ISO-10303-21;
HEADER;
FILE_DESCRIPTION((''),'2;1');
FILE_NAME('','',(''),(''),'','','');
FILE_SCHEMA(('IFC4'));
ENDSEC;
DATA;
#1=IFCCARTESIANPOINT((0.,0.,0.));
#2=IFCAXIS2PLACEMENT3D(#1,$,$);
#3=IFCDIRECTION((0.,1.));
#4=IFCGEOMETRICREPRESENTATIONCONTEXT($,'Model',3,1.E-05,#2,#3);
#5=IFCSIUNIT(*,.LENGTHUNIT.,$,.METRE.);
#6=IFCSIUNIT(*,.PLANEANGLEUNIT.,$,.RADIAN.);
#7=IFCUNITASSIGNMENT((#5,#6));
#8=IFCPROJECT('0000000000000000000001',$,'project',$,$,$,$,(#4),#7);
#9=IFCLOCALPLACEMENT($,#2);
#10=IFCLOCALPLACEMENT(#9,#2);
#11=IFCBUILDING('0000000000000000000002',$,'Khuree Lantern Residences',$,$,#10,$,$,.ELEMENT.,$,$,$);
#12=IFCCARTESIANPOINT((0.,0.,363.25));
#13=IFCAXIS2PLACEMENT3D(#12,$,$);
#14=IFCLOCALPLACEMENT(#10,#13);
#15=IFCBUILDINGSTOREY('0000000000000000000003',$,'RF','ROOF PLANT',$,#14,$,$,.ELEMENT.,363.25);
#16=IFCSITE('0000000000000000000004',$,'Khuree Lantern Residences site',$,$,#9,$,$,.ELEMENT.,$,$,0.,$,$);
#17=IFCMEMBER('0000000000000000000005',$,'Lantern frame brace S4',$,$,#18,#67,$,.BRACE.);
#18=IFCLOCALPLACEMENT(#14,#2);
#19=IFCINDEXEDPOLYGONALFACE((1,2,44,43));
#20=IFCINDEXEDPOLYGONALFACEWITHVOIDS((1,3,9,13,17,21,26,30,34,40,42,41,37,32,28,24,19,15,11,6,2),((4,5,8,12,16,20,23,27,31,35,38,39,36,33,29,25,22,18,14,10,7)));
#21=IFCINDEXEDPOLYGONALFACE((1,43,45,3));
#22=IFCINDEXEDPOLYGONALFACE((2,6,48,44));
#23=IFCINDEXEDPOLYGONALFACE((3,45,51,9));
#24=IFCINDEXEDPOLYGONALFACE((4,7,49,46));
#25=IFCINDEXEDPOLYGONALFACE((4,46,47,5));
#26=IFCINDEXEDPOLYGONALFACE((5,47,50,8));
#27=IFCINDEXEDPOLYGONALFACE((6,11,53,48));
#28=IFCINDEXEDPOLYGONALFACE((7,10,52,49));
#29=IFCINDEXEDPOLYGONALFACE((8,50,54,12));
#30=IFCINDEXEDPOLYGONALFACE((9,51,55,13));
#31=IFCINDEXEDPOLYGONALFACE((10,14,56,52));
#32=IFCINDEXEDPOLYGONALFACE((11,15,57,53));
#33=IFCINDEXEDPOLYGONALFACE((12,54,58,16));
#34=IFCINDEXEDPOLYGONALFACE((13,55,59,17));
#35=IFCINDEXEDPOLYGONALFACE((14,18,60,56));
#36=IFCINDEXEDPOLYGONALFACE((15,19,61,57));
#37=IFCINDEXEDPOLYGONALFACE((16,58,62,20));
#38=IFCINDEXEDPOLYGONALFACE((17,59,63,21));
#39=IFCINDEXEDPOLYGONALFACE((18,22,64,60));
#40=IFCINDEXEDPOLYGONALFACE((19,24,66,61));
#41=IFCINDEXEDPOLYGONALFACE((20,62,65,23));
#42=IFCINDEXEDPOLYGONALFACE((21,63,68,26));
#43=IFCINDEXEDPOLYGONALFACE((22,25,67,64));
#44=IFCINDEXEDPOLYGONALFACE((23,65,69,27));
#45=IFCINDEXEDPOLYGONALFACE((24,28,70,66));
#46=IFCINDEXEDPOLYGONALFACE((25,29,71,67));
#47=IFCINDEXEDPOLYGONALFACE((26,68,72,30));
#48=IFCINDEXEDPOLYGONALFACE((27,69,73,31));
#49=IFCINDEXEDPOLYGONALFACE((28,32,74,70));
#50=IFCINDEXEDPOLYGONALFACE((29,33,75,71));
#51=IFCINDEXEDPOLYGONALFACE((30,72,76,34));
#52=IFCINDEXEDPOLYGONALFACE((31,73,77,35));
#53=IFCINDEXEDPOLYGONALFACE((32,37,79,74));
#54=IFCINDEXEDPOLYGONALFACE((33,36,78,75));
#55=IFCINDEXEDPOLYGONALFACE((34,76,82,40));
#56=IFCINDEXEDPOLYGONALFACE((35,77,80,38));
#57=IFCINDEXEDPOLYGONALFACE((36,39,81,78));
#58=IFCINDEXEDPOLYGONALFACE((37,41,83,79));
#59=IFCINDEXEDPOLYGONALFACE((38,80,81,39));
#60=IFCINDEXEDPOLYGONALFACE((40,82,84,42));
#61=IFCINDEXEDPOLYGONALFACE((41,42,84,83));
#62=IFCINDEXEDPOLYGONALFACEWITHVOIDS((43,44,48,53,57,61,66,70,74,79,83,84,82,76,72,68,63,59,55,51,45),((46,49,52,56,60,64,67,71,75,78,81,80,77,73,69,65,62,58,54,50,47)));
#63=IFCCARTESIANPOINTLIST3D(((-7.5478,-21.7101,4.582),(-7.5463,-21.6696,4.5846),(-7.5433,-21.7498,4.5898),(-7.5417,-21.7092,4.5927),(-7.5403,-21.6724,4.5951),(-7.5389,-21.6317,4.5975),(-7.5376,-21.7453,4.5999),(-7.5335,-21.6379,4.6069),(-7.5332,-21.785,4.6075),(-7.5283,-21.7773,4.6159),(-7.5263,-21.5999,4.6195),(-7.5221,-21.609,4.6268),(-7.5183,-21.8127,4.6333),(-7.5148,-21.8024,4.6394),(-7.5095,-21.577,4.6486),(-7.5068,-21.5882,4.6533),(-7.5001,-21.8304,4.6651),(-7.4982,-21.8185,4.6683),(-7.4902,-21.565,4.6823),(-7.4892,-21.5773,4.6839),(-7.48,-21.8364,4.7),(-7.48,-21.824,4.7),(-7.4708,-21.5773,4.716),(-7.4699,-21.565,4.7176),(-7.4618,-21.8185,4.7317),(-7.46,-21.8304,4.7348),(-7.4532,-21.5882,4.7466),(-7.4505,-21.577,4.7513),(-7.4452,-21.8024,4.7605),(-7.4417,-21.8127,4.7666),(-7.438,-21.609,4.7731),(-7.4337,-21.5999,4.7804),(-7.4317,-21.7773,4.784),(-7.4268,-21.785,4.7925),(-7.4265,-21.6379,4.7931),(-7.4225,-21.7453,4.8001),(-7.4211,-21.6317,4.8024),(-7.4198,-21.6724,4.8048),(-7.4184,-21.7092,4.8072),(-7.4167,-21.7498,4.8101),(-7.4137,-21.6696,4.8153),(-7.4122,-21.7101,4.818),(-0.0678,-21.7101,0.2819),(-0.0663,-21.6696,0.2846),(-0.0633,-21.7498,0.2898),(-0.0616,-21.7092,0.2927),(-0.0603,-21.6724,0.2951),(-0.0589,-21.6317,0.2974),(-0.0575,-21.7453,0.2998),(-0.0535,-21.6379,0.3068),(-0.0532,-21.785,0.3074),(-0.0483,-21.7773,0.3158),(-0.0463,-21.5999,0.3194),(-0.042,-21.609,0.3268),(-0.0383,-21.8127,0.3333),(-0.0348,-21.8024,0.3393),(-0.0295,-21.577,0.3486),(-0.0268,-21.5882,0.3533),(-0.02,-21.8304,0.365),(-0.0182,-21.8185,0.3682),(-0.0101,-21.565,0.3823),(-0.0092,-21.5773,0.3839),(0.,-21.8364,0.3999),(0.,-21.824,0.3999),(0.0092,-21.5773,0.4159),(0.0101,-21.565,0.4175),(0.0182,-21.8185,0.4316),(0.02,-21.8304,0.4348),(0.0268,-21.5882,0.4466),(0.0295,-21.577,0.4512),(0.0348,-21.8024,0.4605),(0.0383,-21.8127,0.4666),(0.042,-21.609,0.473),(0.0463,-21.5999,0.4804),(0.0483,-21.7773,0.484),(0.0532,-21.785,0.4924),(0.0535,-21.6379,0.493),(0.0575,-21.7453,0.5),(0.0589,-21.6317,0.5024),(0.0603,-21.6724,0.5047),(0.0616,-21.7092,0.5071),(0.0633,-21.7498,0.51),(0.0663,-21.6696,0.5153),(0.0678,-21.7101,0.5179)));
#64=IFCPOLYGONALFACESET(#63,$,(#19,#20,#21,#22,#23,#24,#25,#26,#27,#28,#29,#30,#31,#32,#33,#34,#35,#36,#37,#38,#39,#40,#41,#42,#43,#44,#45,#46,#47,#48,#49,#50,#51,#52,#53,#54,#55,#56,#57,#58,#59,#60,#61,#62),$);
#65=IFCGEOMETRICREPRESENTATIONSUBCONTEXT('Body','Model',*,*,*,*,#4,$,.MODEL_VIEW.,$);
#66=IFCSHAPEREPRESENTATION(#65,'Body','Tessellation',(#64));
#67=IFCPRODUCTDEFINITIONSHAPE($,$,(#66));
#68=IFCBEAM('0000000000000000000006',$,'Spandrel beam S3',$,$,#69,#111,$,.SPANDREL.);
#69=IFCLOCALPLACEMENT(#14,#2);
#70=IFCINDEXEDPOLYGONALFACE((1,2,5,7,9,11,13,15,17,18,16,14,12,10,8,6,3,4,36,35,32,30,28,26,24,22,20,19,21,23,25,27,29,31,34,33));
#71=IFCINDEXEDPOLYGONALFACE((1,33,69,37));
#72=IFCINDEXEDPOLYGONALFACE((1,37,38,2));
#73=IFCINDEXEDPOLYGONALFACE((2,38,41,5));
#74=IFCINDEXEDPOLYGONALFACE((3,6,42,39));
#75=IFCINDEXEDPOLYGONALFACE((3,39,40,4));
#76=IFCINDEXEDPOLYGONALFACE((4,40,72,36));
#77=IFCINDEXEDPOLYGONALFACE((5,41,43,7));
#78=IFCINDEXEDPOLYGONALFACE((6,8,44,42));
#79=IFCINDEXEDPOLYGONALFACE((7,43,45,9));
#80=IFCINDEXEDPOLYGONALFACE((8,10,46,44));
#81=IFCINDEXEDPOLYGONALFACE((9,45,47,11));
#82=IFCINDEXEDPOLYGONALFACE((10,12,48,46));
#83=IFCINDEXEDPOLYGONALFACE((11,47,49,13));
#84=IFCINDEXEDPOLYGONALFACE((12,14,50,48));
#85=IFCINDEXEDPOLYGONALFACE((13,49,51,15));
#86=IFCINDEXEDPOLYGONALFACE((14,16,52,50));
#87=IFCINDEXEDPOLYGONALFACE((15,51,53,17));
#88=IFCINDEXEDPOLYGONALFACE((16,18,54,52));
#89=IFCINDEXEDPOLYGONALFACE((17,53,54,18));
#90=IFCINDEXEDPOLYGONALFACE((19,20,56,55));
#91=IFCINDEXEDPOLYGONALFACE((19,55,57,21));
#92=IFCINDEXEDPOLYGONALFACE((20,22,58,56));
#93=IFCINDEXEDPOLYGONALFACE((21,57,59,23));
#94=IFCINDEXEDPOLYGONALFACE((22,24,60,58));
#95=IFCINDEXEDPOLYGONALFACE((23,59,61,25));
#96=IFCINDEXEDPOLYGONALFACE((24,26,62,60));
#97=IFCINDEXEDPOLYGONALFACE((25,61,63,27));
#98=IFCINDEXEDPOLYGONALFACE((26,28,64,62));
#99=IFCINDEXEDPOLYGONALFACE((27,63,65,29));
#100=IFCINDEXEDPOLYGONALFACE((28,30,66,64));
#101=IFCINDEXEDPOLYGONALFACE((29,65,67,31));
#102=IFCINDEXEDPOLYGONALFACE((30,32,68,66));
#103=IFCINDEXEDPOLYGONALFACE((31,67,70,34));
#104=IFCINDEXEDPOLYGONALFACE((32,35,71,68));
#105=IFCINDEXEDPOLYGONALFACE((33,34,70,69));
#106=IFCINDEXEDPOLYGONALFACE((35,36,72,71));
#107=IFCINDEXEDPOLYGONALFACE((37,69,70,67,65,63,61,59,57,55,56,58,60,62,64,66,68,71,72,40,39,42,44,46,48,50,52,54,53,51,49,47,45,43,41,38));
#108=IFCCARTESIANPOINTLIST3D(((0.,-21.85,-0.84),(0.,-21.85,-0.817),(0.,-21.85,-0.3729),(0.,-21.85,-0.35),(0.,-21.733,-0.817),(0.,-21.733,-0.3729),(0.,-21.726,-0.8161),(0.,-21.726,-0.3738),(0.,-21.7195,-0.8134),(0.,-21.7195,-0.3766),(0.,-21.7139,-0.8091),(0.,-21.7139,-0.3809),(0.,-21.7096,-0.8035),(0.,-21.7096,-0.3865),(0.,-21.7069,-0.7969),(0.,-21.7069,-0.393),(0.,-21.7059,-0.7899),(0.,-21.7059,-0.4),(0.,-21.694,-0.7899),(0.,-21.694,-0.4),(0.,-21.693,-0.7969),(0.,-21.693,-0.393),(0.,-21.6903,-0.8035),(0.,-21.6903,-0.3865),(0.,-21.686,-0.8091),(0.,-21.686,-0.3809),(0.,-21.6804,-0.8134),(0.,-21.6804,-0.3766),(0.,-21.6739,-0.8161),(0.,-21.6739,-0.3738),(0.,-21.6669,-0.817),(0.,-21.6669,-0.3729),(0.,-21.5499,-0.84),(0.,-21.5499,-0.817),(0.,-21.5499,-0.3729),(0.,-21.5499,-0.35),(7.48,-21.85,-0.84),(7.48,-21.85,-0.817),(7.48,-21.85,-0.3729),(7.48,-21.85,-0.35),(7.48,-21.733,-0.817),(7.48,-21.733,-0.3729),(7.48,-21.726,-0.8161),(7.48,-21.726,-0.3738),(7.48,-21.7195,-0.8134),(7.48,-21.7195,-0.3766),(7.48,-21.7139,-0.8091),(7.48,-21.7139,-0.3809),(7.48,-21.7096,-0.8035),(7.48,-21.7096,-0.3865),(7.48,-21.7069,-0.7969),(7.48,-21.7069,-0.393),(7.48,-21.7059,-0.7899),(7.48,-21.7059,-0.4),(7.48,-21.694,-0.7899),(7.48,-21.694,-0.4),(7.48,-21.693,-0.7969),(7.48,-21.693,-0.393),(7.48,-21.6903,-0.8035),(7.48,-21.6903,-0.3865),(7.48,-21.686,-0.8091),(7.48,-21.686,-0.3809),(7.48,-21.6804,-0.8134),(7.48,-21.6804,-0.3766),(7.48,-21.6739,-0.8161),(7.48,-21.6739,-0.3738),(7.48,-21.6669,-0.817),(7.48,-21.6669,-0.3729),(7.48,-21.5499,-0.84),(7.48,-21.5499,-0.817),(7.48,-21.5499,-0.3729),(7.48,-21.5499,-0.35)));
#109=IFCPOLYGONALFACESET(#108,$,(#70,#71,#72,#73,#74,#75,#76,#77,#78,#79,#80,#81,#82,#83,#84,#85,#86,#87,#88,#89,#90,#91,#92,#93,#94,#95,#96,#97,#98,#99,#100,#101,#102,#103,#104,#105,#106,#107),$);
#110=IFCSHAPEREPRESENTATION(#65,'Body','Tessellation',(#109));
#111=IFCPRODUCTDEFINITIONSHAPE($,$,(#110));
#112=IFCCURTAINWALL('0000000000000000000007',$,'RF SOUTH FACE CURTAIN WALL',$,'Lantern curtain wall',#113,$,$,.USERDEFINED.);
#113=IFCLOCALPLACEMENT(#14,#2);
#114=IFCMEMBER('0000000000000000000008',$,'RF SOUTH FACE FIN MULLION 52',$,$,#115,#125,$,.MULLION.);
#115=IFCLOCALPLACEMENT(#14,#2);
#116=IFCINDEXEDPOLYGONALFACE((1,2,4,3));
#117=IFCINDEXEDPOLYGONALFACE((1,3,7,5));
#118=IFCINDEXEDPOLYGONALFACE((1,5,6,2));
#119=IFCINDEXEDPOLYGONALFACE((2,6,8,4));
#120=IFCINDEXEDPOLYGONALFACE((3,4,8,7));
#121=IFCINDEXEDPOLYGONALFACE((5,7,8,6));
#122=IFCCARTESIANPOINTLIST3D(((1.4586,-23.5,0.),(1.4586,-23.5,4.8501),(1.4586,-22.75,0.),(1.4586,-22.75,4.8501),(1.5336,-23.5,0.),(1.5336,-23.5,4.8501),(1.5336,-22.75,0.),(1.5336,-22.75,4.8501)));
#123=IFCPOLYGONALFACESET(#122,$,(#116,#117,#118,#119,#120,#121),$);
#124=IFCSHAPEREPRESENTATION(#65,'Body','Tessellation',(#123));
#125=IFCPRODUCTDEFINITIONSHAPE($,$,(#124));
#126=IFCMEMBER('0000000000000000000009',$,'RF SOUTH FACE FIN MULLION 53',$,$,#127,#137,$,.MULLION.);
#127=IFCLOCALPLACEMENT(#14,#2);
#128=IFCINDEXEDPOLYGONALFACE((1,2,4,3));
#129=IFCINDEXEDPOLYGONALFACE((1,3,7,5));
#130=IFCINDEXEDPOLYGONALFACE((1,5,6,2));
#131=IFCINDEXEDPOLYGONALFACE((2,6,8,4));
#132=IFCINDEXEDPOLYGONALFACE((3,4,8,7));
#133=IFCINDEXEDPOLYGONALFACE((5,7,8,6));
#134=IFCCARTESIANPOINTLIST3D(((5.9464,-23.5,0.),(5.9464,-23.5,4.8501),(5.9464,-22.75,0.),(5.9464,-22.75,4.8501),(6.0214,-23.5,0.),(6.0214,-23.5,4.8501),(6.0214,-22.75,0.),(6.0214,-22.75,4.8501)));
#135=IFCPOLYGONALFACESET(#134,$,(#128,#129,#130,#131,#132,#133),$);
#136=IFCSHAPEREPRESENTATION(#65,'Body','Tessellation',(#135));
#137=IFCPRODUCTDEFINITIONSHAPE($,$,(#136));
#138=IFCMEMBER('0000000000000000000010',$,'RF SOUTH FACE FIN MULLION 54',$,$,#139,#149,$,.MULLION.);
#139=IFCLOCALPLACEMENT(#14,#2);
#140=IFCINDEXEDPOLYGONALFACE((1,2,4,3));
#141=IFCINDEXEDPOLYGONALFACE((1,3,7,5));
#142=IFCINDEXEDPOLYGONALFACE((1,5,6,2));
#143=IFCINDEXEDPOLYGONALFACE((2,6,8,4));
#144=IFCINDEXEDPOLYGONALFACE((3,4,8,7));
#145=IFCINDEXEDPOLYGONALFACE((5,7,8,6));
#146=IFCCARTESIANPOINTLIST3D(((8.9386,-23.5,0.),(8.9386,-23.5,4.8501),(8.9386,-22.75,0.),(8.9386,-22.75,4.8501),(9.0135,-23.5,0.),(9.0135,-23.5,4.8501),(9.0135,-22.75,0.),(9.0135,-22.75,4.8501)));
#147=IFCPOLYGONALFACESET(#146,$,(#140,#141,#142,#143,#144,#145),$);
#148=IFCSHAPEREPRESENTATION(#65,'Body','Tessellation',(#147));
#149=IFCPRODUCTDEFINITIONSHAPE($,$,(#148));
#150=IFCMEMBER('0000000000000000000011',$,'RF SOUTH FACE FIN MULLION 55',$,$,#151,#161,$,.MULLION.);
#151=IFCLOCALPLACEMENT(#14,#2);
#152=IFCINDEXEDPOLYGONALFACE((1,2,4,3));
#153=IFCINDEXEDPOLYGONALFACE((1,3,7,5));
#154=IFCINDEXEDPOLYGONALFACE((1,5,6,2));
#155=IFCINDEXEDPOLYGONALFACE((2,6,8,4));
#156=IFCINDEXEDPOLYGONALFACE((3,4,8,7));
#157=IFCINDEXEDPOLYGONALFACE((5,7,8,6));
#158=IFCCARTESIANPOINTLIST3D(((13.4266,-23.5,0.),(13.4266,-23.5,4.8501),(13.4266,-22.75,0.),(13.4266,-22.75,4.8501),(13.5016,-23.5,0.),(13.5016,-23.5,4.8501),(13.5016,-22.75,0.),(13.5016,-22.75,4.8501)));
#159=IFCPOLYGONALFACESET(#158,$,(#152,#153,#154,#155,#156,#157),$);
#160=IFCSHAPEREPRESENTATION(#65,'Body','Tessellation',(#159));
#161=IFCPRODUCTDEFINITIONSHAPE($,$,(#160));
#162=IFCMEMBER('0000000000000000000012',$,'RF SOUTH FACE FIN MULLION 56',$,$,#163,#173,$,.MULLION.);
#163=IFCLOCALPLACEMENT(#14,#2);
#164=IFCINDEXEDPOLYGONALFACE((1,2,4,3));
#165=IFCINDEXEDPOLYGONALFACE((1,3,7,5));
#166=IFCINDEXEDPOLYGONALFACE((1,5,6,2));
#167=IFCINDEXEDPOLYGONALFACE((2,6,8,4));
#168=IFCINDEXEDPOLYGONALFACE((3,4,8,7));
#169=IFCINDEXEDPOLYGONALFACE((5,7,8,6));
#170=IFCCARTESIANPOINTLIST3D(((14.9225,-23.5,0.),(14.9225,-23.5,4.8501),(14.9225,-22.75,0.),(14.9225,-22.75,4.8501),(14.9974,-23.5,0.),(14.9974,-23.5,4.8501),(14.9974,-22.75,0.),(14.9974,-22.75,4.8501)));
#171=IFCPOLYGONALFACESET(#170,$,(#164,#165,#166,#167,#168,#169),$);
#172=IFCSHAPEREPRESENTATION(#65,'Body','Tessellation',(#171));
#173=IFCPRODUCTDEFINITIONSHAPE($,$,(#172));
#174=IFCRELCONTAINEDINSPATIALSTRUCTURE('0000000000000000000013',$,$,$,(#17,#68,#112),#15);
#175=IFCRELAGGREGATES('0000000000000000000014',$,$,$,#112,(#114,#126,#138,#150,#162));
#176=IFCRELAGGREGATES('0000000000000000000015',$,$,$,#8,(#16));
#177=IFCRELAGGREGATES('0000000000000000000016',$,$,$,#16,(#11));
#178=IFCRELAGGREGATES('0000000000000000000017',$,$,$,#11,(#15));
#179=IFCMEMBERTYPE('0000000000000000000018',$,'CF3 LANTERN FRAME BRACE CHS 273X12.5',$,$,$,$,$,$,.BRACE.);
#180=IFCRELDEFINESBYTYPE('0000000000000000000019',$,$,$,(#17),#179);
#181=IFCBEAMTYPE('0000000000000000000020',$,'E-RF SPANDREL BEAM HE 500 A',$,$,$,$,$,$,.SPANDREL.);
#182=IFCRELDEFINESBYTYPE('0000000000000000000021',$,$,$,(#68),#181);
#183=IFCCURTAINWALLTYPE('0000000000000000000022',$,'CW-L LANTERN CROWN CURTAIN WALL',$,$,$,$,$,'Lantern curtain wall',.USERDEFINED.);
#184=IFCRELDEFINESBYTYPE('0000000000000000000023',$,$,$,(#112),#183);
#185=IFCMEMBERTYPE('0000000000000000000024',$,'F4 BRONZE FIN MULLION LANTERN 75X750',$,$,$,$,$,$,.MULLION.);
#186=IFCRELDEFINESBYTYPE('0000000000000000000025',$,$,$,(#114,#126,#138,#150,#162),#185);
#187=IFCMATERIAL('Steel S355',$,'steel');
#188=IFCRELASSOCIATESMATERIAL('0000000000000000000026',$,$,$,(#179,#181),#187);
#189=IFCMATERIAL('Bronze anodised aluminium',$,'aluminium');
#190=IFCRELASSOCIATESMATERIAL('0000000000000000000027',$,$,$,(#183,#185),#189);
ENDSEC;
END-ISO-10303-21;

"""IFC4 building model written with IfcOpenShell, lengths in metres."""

from ifc_helpers import new_model, si_unit, direction, frame, origin, origin_2d, place, context, subcontext, project, spatial, rectangle, hollow_circle, i_section, extrude, material, material_profile, profile_set, type_object, element, aggregate, save


model = new_model("IFC4")

# Units and contexts
model_context = context("Model", 3, precision=1e-05, world=origin(), true_north=direction((0.0, 1.0)))
body_context = subcontext(model_context, "Body", "Model", "MODEL_VIEW")
ifc_project = project(units=[si_unit("LENGTHUNIT", "METRE"), si_unit("PLANEANGLEUNIT", "RADIAN")], contexts=[model_context])

# Site, building, storey
site_placement = place(None, origin())
site = spatial("IfcSite", under=ifc_project, at=site_placement, Name="Khuree Lantern Residences site", CompositionType="ELEMENT", RefElevation=0.0)
building_placement = place(site_placement, origin())
building = spatial("IfcBuilding", under=site, at=building_placement, Name="Khuree Lantern Residences", CompositionType="ELEMENT")
storey_placement = place(building_placement, frame((0.0, 0.0, 363.25)))
storey = spatial("IfcBuildingStorey", under=building, at=storey_placement, Name="RF", Description="ROOF PLANT", CompositionType="ELEMENT", Elevation=363.25)

# Shared definitions
ifc_material_1 = material(Name="Steel S355", Category="steel")

# Member
ifc_material_profile_1 = material_profile(ifc_material_1, hollow_circle(Radius=0.1365, WallThickness=0.0125, at=origin_2d()), Name="CHS 273X12.5")
ifc_profile_set_1 = profile_set([ifc_material_profile_1], Name="Steel S355")
member_type_1 = type_object("IfcMemberType", Name="CF3 LANTERN FRAME BRACE CHS 273X12.5", PredefinedType="BRACE", material=ifc_profile_set_1)
for number, where, z_axis, x_axis, name in (
    (1, (0.0, -21.7, 0.3999), (-0.866953, 0.0, 0.498389), (0.0, -1.0, 0.0), "Lantern frame brace S4"),
):
    element("IfcMember", number, at=place(storey_placement, frame(where, z_axis=z_axis, x_axis=x_axis)), inside=storey, type_object=member_type_1, Name=name, PredefinedType="BRACE", context=body_context, shape_type="SweptSolid", body=[
        extrude(hollow_circle(Radius=0.1365, WallThickness=0.0125, at=origin_2d()), origin(), (0.0, 0.0, 1.0), 8.6279),
    ])

# Beam
ifc_material_profile_2 = material_profile(ifc_material_1, i_section(OverallWidth=0.3, OverallDepth=0.49, WebThickness=0.012, FlangeThickness=0.0229, FilletRadius=0.0271, at=origin_2d()), Name="HE 500 A")
ifc_profile_set_2 = profile_set([ifc_material_profile_2], Name="Steel S355")
beam_type_1 = type_object("IfcBeamType", Name="E-RF SPANDREL BEAM HE 500 A", PredefinedType="SPANDREL", material=ifc_profile_set_2)
beam_1_placement = place(storey_placement, frame((7.48, -21.7, -0.595), z_axis=(-1.0, 0.0, 0.0), x_axis=(0.0, -1.0, 0.0)))
element("IfcBeam", 2, at=beam_1_placement, inside=storey, type_object=beam_type_1, Name="Spandrel beam S3", PredefinedType="SPANDREL", context=body_context, shape_type="SweptSolid", body=[
    extrude(i_section(OverallWidth=0.3, OverallDepth=0.49, WebThickness=0.012, FlangeThickness=0.0229, FilletRadius=0.0271, at=origin_2d()), origin(), (0.0, 0.0, 1.0), 7.48),
])

# Curtain wall, members
ifc_material_2 = material(Name="Bronze anodised aluminium", Category="aluminium")
curtain_wall_type = type_object("IfcCurtainWallType", Name="CW-L LANTERN CROWN CURTAIN WALL", ElementType="Lantern curtain wall", PredefinedType="USERDEFINED", material=ifc_material_2)
curtain_wall_placement = place(storey_placement, origin())
curtain_wall = element("IfcCurtainWall", 3, at=curtain_wall_placement, inside=storey, type_object=curtain_wall_type, Name="RF SOUTH FACE CURTAIN WALL", ObjectType="Lantern curtain wall", PredefinedType="USERDEFINED")
ifc_material_profile_3 = material_profile(ifc_material_2, rectangle(XDim=0.075, YDim=0.75, at=origin_2d()), Name="F4 75X750")
ifc_profile_set_3 = profile_set([ifc_material_profile_3], Name="Bronze anodised aluminium")
member_type_2 = type_object("IfcMemberType", Name="F4 BRONZE FIN MULLION LANTERN 75X750", PredefinedType="MULLION", material=ifc_profile_set_3)
member_1_placement = place(storey_placement, frame((1.4961, -23.125, 0.0), z_axis=(0.0, 0.0, 1.0), x_axis=(1.0, 0.0, 0.0)))
member_1 = element("IfcMember", 4, at=member_1_placement, type_object=member_type_2, Name="RF SOUTH FACE FIN MULLION 52", PredefinedType="MULLION", context=body_context, shape_type="SweptSolid", body=[
    extrude(rectangle(XDim=0.075, YDim=0.75, at=origin_2d()), origin(), (0.0, 0.0, 1.0), 4.8501),
])
member_2_placement = place(storey_placement, frame((5.9839, -23.125, 0.0), z_axis=(0.0, 0.0, 1.0), x_axis=(1.0, 0.0, 0.0)))
member_2 = element("IfcMember", 5, at=member_2_placement, type_object=member_type_2, Name="RF SOUTH FACE FIN MULLION 53", PredefinedType="MULLION", context=body_context, shape_type="SweptSolid", body=[
    extrude(rectangle(XDim=0.075, YDim=0.75, at=origin_2d()), origin(), (0.0, 0.0, 1.0), 4.8501),
])
member_3_placement = place(storey_placement, frame((8.9761, -23.125, 0.0), z_axis=(0.0, 0.0, 1.0), x_axis=(1.0, 0.0, 0.0)))
member_3 = element("IfcMember", 6, at=member_3_placement, type_object=member_type_2, Name="RF SOUTH FACE FIN MULLION 54", PredefinedType="MULLION", context=body_context, shape_type="SweptSolid", body=[
    extrude(rectangle(XDim=0.075, YDim=0.75, at=origin_2d()), origin(), (0.0, 0.0, 1.0), 4.8501),
])
member_4_placement = place(storey_placement, frame((13.4641, -23.125, 0.0), z_axis=(0.0, 0.0, 1.0), x_axis=(1.0, 0.0, 0.0)))
member_4 = element("IfcMember", 7, at=member_4_placement, type_object=member_type_2, Name="RF SOUTH FACE FIN MULLION 55", PredefinedType="MULLION", context=body_context, shape_type="SweptSolid", body=[
    extrude(rectangle(XDim=0.075, YDim=0.75, at=origin_2d()), origin(), (0.0, 0.0, 1.0), 4.8501),
])
member_5_placement = place(storey_placement, frame((14.96, -23.125, 0.0), z_axis=(0.0, 0.0, 1.0), x_axis=(1.0, 0.0, 0.0)))
member_5 = element("IfcMember", 8, at=member_5_placement, type_object=member_type_2, Name="RF SOUTH FACE FIN MULLION 56", PredefinedType="MULLION", context=body_context, shape_type="SweptSolid", body=[
    extrude(rectangle(XDim=0.075, YDim=0.75, at=origin_2d()), origin(), (0.0, 0.0, 1.0), 4.8501),
])

aggregate(curtain_wall, [member_1, member_2, member_3, member_4, member_5])

save(model, "model.ifc")
